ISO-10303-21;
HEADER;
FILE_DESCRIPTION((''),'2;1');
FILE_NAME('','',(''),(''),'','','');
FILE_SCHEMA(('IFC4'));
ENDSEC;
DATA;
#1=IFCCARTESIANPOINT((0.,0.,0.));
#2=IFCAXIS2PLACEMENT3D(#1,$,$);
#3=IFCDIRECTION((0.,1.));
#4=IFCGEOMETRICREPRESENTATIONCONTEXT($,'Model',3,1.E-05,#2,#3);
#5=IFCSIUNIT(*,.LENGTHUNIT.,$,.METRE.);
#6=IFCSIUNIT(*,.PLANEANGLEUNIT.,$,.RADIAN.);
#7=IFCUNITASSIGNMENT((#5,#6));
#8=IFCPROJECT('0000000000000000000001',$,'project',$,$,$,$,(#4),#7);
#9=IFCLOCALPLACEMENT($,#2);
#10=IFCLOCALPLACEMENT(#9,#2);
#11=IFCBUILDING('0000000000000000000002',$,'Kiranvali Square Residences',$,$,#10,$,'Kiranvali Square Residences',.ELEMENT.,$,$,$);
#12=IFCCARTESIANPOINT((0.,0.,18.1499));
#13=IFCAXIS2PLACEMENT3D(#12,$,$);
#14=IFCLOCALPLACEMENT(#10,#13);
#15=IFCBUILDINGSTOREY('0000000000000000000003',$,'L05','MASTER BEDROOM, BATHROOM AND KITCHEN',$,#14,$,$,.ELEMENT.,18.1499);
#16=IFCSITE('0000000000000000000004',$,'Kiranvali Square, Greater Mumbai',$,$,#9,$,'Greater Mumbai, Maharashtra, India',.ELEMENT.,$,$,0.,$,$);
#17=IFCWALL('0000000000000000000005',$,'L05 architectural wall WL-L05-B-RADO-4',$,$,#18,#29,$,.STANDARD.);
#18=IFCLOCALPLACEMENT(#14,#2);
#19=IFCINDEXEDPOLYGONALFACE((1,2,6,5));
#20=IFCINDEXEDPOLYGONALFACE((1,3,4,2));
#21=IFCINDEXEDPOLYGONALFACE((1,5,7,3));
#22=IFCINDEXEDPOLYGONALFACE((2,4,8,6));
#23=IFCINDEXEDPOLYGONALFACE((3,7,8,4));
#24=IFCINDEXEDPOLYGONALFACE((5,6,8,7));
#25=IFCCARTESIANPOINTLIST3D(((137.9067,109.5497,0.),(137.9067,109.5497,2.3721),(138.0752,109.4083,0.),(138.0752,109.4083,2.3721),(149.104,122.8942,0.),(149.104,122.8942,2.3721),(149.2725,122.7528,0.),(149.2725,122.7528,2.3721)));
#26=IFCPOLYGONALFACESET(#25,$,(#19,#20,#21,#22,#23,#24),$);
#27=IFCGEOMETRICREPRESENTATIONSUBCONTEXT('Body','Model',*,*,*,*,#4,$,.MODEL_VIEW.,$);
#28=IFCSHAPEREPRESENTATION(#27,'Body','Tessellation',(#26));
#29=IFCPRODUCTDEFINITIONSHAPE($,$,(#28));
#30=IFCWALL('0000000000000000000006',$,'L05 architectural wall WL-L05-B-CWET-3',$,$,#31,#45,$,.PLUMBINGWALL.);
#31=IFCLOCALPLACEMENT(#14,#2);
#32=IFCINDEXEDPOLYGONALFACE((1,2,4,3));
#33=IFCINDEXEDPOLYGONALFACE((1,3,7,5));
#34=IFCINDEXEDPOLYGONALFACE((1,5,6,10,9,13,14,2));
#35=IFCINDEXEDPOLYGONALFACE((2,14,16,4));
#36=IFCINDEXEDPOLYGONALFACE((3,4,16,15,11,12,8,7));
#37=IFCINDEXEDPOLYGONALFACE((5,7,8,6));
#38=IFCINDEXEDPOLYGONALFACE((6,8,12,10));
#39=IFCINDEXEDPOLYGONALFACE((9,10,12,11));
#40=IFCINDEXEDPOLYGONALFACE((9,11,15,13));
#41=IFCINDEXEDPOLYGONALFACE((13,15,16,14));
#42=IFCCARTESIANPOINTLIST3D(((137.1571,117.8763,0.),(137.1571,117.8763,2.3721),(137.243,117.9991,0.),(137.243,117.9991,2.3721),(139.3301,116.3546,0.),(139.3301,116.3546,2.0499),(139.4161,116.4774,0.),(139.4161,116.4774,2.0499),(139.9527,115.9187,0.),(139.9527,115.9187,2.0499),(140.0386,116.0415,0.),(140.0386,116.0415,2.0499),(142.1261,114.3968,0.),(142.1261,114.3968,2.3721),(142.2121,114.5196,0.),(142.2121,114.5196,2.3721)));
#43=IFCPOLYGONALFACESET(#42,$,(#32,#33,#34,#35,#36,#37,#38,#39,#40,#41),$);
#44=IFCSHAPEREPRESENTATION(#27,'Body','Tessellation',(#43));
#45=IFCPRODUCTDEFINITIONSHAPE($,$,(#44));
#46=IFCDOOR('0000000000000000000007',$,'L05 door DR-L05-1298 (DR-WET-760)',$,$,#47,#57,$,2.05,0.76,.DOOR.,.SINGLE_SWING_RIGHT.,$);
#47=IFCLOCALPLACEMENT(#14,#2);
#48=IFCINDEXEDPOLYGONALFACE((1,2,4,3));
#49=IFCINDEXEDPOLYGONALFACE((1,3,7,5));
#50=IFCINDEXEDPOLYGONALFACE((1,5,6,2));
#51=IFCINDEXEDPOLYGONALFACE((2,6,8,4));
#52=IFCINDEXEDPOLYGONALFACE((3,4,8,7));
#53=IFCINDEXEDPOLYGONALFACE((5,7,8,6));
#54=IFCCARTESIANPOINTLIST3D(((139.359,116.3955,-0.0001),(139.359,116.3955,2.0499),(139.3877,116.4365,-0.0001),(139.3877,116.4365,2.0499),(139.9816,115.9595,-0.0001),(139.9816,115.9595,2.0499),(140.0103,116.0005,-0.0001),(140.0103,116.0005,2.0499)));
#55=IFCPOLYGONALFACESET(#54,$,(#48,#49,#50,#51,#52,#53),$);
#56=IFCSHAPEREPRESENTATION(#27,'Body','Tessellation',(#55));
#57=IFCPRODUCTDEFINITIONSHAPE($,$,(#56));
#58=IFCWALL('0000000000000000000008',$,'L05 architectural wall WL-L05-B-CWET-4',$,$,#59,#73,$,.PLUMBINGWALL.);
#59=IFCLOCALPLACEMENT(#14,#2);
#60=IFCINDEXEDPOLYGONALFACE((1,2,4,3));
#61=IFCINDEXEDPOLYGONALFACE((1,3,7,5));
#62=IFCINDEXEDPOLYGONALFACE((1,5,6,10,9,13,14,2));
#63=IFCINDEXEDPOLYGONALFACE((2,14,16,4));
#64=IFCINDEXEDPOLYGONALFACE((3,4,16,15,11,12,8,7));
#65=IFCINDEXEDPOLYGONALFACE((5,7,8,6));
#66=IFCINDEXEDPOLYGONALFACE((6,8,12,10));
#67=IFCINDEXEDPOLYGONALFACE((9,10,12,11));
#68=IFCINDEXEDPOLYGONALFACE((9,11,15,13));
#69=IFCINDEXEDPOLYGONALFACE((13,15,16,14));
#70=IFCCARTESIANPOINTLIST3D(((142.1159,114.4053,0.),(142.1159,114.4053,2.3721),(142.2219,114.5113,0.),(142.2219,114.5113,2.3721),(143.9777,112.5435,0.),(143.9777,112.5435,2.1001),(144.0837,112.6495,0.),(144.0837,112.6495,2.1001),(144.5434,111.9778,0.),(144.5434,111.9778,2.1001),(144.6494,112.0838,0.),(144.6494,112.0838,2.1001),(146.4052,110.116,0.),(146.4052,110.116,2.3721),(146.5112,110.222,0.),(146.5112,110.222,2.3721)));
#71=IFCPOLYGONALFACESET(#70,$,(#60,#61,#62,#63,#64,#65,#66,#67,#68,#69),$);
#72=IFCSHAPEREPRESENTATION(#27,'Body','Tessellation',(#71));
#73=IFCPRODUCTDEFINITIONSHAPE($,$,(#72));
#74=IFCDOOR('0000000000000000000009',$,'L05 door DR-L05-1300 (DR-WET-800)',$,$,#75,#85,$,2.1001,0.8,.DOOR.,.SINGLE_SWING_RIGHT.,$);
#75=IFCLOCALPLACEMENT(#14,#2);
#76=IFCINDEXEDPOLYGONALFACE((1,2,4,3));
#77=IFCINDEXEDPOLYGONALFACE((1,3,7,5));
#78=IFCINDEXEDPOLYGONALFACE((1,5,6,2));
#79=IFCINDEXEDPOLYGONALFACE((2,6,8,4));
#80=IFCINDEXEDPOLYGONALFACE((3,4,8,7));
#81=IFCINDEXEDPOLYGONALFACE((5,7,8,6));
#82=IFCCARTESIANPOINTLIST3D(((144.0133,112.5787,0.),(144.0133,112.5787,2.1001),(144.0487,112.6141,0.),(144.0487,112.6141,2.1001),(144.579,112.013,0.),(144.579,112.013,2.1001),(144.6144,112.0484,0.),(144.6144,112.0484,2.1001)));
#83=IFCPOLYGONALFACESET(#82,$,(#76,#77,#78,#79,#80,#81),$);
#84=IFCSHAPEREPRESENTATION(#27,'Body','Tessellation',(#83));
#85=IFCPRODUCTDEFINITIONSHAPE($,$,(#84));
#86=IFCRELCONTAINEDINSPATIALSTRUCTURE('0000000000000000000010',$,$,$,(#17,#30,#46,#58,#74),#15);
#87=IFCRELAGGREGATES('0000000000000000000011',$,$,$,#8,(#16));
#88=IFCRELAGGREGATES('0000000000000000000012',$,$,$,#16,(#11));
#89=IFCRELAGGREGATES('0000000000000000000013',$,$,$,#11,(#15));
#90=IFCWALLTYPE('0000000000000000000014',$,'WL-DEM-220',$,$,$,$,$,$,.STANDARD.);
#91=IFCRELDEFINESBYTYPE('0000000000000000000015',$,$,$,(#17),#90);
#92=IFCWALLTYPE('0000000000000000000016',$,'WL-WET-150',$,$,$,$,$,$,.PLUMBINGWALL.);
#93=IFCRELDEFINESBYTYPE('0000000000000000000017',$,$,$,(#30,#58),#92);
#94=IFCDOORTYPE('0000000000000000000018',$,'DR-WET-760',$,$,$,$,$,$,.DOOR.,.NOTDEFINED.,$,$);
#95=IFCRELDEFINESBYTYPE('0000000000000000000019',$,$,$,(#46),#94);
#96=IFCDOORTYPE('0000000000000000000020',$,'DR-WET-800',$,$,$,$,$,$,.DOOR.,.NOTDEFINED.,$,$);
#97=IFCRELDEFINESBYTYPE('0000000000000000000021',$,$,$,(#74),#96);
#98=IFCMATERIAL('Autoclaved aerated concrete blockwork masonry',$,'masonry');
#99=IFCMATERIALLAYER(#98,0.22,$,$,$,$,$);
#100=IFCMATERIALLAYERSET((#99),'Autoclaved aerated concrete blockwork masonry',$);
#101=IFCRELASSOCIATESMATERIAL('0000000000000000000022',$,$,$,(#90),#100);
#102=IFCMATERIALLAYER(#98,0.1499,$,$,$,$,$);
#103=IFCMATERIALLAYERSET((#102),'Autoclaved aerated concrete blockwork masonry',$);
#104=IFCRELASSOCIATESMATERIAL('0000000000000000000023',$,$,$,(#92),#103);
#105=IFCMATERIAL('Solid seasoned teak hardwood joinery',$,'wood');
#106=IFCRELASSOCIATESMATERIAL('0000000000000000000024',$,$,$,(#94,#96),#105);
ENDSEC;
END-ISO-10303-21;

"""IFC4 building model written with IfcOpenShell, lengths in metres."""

from ifc_helpers import new_model, si_unit, direction, frame, frame_2d, origin, place, context, subcontext, project, spatial, rectangle, extrude, material, layer, layer_set, type_object, element, fill, save


model = new_model("IFC4")

# Units and contexts
model_context = context("Model", 3, precision=1e-05, world=origin(), true_north=direction((0.0, 1.0)))
body_context = subcontext(model_context, "Body", "Model", "MODEL_VIEW")
ifc_project = project(units=[si_unit("LENGTHUNIT", "METRE"), si_unit("PLANEANGLEUNIT", "RADIAN")], contexts=[model_context])

# Site, building, storey
site_placement = place(None, origin())
site = spatial("IfcSite", under=ifc_project, at=site_placement, Name="Kiranvali Square, Greater Mumbai", LongName="Greater Mumbai, Maharashtra, India", CompositionType="ELEMENT", RefElevation=0.0)
building_placement = place(site_placement, origin())
building = spatial("IfcBuilding", under=site, at=building_placement, Name="Kiranvali Square Residences", LongName="Kiranvali Square Residences", CompositionType="ELEMENT")
storey_placement = place(building_placement, frame((0.0, 0.0, 18.1499)))
storey = spatial("IfcBuildingStorey", under=building, at=storey_placement, Name="L05", Description="MASTER BEDROOM, BATHROOM AND KITCHEN", CompositionType="ELEMENT", Elevation=18.1499)

# Shared definitions
ifc_material_1 = material(Name="Autoclaved aerated concrete blockwork masonry", Category="masonry")

# Wall
ifc_layer_1 = layer(ifc_material_1, 0.22)
ifc_layer_set_1 = layer_set([ifc_layer_1], Name="Autoclaved aerated concrete blockwork masonry")
wall_type_1 = type_object("IfcWallType", Name="WL-DEM-220", PredefinedType="STANDARD", material=ifc_layer_set_1)
wall_1_placement = place(storey_placement, frame((137.991, 109.479, 0.0), z_axis=(0.0, 0.0, 1.0), x_axis=(0.642785, 0.766047, 0.0)))
element("IfcWall", 1, at=wall_1_placement, inside=storey, type_object=wall_type_1, Name="L05 architectural wall WL-L05-B-RADO-4", PredefinedType="STANDARD", context=body_context, shape_type="SweptSolid", body=[
    extrude(rectangle(XDim=17.4199, YDim=0.22, at=frame_2d((8.71, 0.0))), origin(), (0.0, 0.0, 1.0), 2.3721),
])

# Walls, openings, doors
ifc_layer_2 = layer(ifc_material_1, 0.1499)
ifc_layer_set_2 = layer_set([ifc_layer_2], Name="Autoclaved aerated concrete blockwork masonry")
wall_type_2 = type_object("IfcWallType", Name="WL-WET-150", PredefinedType="PLUMBINGWALL", material=ifc_layer_set_2)
wall_2_placement = place(storey_placement, frame((137.2, 117.9377, 0.0), z_axis=(0.0, 0.0, 1.0), x_axis=(0.819139, -0.573595, 0.0)))
wall_2 = element("IfcWall", 2, at=wall_2_placement, inside=storey, type_object=wall_type_2, Name="L05 architectural wall WL-L05-B-CWET-3", PredefinedType="PLUMBINGWALL", context=body_context, shape_type="SweptSolid", body=[
    extrude(rectangle(XDim=6.0662, YDim=0.1499, at=frame_2d((3.0332, 0.0))), origin(), (0.0, 0.0, 1.0), 2.3721),
])
opening_1_placement = place(wall_2_placement, frame((2.6531, 0.0, 0.0)))
opening_1 = element("IfcOpeningElement", 3, at=opening_1_placement, cuts=wall_2, PredefinedType="OPENING", context=body_context, shape_type="SweptSolid", body=[
    extrude(rectangle(XDim=0.76, YDim=2.05, at=frame_2d((0.3799, 1.0249))), frame((0.0, 0.085, 0.0), z_axis=(0.0, -1.0, 0.0), x_axis=(1.0, 0.0, 0.0)), (0.0, 0.0, 1.0), 0.1699),
])
ifc_material_2 = material(Name="Solid seasoned teak hardwood joinery", Category="wood")
door_type_1 = type_object("IfcDoorType", Name="DR-WET-760", OperationType="NOTDEFINED", PredefinedType="DOOR", material=ifc_material_2)
door_1_placement = place(opening_1_placement, frame((0.76, 0.0, 0.0), z_axis=(0.0, 0.0, 1.0), x_axis=(-1.0, 0.0, 0.0)))
door_1 = element("IfcDoor", 4, at=door_1_placement, inside=storey, type_object=door_type_1, Name="L05 door DR-L05-1298 (DR-WET-760)", OperationType="SINGLE_SWING_RIGHT", OverallHeight=2.05, OverallWidth=0.76, PredefinedType="DOOR", context=body_context, shape_type="SweptSolid", body=[
    extrude(rectangle(XDim=0.76, YDim=2.05, at=frame_2d((0.3799, 1.0249))), frame((0.0, 0.0249, 0.0), z_axis=(0.0, -1.0, 0.0), x_axis=(1.0, 0.0, 0.0)), (0.0, 0.0, 1.0), 0.05),
])
fill(opening_1, door_1)
wall_3_placement = place(storey_placement, frame((142.1689, 114.4583, 0.0), z_axis=(0.0, 0.0, 1.0), x_axis=(0.707107, -0.707107, 0.0)))
wall_3 = element("IfcWall", 5, at=wall_3_placement, inside=storey, type_object=wall_type_2, Name="L05 architectural wall WL-L05-B-CWET-4", PredefinedType="PLUMBINGWALL", context=body_context, shape_type="SweptSolid", body=[
    extrude(rectangle(XDim=6.0659, YDim=0.1499, at=frame_2d((3.033, 0.0))), origin(), (0.0, 0.0, 1.0), 2.3721),
])
opening_2_placement = place(wall_3_placement, frame((2.6331, 0.0, 0.0)))
opening_2 = element("IfcOpeningElement", 6, at=opening_2_placement, cuts=wall_3, PredefinedType="OPENING", context=body_context, shape_type="SweptSolid", body=[
    extrude(rectangle(XDim=0.8, YDim=2.1001, at=frame_2d((0.3999, 1.05))), frame((0.0, 0.085, 0.0), z_axis=(0.0, -1.0, 0.0), x_axis=(1.0, 0.0, 0.0)), (0.0, 0.0, 1.0), 0.1699),
])
door_type_2 = type_object("IfcDoorType", Name="DR-WET-800", OperationType="NOTDEFINED", PredefinedType="DOOR", material=ifc_material_2)
door_2_placement = place(opening_2_placement, frame((0.8, 0.0, 0.0), z_axis=(0.0, 0.0, 1.0), x_axis=(-1.0, 0.0, 0.0)))
door_2 = element("IfcDoor", 7, at=door_2_placement, inside=storey, type_object=door_type_2, Name="L05 door DR-L05-1300 (DR-WET-800)", OperationType="SINGLE_SWING_RIGHT", OverallHeight=2.1001, OverallWidth=0.8, PredefinedType="DOOR", context=body_context, shape_type="SweptSolid", body=[
    extrude(rectangle(XDim=0.8, YDim=2.1001, at=frame_2d((0.3999, 1.05))), frame((0.0, 0.0249, 0.0), z_axis=(0.0, -1.0, 0.0), x_axis=(1.0, 0.0, 0.0)), (0.0, 0.0, 1.0), 0.05),
])
fill(opening_2, door_2)

save(model, "model.ifc")
